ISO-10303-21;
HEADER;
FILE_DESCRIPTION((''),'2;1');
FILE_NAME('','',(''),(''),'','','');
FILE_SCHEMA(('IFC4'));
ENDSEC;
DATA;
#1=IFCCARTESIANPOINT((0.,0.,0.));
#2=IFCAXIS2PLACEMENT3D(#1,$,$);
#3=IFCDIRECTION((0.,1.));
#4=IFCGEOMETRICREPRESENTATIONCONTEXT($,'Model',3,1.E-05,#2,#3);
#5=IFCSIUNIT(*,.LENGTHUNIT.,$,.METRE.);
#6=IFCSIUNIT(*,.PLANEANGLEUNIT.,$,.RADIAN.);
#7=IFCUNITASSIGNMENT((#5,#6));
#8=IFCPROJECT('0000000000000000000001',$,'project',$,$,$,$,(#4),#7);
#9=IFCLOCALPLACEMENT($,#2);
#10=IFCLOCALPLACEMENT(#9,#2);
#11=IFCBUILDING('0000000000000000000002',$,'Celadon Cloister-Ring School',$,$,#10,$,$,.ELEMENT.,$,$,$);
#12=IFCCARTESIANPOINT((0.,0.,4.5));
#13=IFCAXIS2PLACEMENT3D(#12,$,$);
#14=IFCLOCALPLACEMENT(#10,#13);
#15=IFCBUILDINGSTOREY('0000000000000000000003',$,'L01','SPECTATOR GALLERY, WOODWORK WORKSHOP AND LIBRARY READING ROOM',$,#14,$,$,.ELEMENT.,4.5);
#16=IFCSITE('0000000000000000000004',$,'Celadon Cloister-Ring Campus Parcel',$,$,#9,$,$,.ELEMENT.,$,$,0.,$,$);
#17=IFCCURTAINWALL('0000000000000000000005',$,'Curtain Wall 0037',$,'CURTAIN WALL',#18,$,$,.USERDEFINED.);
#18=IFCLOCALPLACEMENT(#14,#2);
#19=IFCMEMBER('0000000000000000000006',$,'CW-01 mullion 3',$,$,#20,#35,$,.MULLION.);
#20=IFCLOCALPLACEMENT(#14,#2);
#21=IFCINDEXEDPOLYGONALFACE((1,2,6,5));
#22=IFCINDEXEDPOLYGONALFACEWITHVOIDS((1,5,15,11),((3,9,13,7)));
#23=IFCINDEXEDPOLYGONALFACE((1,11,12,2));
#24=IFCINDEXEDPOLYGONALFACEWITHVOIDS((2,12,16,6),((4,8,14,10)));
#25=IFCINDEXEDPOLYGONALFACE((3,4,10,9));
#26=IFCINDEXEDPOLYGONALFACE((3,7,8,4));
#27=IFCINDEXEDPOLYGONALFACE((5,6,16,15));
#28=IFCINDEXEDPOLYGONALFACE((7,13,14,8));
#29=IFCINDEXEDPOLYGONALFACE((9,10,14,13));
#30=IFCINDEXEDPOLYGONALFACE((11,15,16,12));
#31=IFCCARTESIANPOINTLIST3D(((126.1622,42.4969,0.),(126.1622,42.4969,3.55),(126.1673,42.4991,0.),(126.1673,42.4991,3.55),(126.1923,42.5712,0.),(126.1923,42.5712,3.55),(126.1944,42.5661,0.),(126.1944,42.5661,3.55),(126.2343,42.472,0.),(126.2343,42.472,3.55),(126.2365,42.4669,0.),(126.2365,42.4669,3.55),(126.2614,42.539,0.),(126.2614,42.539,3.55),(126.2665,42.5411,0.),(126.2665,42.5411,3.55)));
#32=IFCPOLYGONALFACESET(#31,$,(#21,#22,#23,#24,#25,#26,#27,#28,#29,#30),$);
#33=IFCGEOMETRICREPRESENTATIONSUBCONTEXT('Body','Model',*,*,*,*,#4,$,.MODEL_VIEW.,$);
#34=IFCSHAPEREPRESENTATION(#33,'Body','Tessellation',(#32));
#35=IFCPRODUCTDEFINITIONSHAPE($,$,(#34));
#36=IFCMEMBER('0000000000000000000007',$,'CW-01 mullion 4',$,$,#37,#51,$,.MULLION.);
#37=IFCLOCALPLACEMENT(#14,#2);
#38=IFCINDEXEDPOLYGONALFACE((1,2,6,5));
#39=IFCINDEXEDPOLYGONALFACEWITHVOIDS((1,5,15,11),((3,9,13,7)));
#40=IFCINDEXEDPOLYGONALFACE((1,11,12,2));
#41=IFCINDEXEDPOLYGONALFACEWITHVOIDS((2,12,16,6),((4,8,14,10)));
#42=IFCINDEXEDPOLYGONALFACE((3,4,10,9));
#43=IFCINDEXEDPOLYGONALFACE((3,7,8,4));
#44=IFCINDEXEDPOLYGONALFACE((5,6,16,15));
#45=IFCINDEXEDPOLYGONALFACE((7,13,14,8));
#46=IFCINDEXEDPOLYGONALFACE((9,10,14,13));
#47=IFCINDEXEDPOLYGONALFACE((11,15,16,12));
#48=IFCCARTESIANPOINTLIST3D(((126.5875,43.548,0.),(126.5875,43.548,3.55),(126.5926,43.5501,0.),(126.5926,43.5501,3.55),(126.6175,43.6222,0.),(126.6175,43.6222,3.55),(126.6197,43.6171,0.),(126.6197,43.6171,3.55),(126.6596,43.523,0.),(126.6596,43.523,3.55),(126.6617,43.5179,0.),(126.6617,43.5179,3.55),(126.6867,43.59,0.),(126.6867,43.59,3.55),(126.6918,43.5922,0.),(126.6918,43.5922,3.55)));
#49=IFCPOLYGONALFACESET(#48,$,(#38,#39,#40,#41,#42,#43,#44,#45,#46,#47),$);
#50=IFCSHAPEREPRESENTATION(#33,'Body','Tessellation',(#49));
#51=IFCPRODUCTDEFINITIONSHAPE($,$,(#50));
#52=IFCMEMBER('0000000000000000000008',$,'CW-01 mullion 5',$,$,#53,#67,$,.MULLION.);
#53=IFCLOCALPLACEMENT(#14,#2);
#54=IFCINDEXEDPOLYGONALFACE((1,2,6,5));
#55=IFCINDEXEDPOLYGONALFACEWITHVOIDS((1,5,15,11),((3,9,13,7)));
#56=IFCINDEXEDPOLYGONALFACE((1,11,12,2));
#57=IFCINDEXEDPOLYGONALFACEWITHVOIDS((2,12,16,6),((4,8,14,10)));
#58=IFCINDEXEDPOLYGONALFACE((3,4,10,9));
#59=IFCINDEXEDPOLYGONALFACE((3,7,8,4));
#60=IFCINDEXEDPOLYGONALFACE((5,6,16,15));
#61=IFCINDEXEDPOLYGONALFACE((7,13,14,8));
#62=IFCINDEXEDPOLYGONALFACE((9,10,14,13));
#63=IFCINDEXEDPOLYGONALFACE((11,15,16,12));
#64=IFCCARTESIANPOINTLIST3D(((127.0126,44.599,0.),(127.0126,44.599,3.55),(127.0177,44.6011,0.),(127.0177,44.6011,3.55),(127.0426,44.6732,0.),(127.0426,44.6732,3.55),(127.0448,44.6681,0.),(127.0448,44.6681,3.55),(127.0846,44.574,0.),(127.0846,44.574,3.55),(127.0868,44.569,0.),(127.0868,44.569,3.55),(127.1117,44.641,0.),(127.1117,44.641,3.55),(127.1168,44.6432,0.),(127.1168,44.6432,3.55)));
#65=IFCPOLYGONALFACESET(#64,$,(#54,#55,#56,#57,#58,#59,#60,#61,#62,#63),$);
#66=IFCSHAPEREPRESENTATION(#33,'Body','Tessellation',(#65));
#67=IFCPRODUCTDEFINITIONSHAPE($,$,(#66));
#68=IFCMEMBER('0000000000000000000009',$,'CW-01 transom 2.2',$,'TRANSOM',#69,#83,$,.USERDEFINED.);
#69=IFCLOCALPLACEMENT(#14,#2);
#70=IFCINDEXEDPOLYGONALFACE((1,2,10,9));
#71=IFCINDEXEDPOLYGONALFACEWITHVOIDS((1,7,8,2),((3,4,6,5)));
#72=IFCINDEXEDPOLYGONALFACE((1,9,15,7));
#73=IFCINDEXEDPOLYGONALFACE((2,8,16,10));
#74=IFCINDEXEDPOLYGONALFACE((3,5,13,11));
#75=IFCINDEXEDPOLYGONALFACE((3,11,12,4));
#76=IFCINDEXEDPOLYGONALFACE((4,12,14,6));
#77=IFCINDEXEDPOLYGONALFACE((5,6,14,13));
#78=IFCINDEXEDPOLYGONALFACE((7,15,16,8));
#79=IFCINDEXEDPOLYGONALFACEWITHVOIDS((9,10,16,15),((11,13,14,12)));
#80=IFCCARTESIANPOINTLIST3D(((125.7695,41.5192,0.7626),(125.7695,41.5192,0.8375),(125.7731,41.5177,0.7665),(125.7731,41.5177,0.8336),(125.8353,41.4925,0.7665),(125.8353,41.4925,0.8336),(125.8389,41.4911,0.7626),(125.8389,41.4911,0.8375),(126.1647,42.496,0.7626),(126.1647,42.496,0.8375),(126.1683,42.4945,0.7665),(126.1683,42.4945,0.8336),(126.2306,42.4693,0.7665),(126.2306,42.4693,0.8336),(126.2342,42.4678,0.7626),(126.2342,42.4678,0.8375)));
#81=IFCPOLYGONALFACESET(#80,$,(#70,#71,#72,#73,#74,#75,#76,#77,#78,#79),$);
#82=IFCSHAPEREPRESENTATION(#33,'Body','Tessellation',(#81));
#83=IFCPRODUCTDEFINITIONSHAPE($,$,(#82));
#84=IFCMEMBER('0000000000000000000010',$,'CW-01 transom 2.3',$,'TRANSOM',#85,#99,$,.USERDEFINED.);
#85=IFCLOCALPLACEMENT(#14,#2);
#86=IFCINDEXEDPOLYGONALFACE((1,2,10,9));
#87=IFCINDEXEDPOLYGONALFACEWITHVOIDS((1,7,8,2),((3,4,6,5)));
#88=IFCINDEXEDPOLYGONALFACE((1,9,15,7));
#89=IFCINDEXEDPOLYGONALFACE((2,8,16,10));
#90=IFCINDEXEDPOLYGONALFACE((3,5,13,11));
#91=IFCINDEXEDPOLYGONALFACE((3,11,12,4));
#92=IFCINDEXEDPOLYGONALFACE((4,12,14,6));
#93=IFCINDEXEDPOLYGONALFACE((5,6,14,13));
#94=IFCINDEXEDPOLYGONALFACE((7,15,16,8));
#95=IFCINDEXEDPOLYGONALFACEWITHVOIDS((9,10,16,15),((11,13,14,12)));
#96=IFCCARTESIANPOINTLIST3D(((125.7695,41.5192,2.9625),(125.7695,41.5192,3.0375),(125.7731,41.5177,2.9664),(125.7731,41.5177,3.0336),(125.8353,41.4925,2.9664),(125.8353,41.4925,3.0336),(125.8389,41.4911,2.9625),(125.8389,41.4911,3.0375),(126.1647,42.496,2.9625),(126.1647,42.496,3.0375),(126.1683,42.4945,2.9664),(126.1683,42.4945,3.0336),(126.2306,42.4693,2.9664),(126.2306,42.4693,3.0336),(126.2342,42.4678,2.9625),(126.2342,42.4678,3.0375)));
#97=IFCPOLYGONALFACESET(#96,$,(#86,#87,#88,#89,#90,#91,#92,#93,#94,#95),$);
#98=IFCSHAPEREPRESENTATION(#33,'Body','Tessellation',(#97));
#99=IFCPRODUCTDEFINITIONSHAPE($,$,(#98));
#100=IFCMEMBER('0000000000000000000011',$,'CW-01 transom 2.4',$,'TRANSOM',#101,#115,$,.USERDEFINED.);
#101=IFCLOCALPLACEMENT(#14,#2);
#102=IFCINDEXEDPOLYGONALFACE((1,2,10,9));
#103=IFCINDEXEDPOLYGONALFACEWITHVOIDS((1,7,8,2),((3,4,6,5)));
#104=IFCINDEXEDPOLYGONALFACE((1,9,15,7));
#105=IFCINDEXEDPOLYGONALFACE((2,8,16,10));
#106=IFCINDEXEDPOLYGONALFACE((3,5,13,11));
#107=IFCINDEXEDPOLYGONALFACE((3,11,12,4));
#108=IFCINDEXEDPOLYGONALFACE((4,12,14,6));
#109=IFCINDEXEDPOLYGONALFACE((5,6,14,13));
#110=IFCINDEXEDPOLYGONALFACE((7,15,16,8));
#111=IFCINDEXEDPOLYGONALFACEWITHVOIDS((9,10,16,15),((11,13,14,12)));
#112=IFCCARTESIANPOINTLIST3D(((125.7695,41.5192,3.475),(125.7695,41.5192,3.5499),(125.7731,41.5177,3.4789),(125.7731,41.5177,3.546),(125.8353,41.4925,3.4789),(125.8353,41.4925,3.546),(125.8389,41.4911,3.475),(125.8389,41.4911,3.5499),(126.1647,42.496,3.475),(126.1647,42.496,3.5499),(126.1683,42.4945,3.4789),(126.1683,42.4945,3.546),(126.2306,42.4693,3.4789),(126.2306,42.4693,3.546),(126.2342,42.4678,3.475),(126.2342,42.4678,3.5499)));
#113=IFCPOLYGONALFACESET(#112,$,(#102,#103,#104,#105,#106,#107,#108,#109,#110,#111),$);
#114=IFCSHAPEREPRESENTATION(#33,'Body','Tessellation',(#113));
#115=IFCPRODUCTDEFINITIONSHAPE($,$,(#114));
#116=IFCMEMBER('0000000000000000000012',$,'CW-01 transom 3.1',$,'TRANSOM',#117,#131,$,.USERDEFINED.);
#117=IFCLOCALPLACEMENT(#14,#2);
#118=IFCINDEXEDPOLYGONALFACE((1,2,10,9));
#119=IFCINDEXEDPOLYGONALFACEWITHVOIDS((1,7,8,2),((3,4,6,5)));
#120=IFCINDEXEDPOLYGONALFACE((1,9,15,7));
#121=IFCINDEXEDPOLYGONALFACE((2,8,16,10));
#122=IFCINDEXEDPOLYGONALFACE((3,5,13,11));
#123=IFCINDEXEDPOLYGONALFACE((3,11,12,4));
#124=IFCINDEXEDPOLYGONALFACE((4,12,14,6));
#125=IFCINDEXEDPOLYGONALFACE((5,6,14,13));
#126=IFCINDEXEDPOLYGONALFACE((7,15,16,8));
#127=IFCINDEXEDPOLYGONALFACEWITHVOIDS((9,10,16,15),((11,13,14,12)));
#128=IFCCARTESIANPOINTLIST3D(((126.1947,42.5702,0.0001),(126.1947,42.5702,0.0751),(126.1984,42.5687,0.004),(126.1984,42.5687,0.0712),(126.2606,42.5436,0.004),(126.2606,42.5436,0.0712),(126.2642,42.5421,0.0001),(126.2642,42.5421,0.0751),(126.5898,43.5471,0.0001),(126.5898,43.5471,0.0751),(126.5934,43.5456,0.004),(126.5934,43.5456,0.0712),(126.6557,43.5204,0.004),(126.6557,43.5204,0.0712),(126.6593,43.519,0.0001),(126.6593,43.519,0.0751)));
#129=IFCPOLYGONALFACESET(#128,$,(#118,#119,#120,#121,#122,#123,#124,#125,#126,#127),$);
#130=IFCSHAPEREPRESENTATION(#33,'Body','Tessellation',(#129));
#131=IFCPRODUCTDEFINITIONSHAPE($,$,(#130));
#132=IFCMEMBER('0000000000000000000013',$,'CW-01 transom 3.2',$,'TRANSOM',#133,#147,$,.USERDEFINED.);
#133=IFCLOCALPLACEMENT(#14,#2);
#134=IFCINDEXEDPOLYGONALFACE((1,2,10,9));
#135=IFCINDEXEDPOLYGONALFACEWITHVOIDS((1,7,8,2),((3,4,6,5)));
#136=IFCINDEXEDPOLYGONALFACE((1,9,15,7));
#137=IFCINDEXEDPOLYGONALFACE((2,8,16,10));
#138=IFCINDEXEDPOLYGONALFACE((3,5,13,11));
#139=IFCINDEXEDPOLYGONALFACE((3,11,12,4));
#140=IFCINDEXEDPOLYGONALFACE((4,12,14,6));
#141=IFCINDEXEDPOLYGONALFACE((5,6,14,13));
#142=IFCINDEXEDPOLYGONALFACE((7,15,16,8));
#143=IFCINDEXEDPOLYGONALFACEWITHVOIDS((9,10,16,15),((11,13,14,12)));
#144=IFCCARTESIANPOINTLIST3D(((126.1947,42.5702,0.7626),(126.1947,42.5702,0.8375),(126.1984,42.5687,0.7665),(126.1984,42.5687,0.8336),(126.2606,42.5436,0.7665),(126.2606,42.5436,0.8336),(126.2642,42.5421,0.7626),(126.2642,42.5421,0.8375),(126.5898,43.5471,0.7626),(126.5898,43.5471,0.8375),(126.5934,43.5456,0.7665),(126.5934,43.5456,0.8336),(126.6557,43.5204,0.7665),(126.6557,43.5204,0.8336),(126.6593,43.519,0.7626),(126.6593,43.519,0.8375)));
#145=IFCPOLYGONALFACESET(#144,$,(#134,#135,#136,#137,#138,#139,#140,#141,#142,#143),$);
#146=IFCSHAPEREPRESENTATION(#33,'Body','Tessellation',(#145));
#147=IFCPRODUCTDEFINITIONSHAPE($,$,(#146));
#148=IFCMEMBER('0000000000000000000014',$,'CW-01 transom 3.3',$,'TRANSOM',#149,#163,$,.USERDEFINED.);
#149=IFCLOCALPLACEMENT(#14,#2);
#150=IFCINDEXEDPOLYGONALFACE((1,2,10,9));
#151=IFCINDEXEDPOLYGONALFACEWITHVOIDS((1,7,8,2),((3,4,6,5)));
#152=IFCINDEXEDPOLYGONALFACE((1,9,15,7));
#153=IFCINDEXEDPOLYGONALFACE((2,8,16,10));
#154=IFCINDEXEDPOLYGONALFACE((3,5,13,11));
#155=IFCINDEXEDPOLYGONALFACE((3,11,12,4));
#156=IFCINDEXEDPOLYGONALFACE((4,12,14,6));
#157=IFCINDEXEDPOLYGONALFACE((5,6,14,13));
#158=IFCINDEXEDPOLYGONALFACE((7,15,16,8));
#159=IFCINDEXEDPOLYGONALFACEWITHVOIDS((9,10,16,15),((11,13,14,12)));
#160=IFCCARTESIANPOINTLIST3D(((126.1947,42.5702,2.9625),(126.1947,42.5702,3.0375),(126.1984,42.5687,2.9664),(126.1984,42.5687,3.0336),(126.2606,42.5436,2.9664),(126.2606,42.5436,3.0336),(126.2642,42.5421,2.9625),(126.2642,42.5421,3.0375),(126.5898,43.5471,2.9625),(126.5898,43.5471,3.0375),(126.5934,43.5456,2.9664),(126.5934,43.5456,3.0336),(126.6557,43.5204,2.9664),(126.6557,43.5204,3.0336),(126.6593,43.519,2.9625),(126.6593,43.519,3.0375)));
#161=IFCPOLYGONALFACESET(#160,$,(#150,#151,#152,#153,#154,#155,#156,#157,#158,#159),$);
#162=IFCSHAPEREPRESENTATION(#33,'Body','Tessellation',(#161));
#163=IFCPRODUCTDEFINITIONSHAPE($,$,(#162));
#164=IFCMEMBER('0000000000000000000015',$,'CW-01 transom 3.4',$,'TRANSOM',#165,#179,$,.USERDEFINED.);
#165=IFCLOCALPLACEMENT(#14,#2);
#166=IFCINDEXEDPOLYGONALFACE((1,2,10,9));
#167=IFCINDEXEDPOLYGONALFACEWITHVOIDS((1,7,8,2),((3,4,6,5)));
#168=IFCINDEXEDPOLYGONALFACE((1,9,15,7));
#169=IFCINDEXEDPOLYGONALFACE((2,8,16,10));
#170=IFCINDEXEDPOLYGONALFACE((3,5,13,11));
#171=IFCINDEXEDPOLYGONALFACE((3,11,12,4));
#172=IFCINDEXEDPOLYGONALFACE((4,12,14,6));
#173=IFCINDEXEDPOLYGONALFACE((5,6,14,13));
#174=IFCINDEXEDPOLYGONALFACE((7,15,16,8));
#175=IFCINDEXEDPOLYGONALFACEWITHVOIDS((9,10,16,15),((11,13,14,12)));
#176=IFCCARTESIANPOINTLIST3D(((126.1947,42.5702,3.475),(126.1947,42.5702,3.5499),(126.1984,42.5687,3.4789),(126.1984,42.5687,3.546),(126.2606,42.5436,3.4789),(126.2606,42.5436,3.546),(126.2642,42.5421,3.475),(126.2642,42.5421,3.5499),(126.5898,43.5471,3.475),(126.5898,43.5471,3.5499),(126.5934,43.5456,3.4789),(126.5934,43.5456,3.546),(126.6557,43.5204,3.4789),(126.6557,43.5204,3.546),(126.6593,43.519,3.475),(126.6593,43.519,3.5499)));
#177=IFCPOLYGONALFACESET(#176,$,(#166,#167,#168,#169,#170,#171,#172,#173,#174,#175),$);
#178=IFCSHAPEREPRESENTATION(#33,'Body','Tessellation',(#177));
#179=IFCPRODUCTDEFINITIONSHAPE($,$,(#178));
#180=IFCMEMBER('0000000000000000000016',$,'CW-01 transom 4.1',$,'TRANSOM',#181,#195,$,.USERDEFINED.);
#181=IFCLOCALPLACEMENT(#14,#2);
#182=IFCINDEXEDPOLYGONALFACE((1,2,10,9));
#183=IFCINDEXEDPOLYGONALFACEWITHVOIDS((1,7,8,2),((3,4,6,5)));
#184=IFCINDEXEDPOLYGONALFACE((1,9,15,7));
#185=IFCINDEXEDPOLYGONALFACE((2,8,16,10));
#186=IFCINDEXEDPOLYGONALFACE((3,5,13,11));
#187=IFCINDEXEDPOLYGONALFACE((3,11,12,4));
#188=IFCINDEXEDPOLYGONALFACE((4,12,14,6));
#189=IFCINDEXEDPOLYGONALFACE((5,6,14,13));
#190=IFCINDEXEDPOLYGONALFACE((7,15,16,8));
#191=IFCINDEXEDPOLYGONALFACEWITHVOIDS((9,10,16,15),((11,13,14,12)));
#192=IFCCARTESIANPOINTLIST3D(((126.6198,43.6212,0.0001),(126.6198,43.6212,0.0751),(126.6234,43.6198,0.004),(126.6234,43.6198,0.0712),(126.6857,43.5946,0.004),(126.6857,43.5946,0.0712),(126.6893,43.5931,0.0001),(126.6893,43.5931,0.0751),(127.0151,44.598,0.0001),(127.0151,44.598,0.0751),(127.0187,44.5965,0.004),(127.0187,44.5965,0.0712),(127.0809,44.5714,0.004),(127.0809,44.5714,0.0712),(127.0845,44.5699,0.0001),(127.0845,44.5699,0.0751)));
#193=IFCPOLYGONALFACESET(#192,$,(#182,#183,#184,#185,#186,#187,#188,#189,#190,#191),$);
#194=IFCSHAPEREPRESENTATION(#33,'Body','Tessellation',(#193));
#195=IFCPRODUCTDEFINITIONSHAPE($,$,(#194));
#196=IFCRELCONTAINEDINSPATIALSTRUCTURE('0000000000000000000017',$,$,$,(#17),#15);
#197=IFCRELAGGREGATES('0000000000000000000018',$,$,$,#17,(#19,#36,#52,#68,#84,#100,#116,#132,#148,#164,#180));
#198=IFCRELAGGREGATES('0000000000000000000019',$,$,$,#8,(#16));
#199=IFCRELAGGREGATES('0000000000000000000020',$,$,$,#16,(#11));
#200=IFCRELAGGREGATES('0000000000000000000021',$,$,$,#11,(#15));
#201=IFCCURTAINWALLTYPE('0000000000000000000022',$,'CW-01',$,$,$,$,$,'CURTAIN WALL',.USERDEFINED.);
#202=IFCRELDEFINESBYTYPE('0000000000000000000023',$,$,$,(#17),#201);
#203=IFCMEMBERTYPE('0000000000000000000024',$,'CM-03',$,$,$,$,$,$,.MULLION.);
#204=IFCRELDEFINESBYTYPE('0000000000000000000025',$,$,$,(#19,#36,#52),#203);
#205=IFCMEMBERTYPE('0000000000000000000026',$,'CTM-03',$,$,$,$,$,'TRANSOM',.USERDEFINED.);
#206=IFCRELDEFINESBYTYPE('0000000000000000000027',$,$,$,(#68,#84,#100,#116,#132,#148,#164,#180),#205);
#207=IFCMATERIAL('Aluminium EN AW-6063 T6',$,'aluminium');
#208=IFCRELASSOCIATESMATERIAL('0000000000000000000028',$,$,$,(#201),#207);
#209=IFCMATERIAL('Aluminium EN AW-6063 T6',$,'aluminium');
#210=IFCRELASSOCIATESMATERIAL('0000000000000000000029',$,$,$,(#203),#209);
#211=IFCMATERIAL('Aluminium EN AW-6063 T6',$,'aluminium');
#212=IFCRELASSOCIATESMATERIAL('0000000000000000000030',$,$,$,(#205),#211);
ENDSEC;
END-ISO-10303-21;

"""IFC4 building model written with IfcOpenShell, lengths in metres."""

from ifc_helpers import new_model, si_unit, direction, frame, origin, origin_2d, place, context, subcontext, project, spatial, hollow_rectangle, extrude, material, material_profile, profile_set, type_object, element, aggregate, save


model = new_model("IFC4")

# Units and contexts
model_context = context("Model", 3, precision=1e-05, world=origin(), true_north=direction((0.0, 1.0)))
body_context = subcontext(model_context, "Body", "Model", "MODEL_VIEW")
ifc_project = project(units=[si_unit("LENGTHUNIT", "METRE"), si_unit("PLANEANGLEUNIT", "RADIAN")], contexts=[model_context])

# Site, building, storey
site_placement = place(None, origin())
site = spatial("IfcSite", under=ifc_project, at=site_placement, Name="Celadon Cloister-Ring Campus Parcel", CompositionType="ELEMENT", RefElevation=0.0)
building_placement = place(site_placement, origin())
building = spatial("IfcBuilding", under=site, at=building_placement, Name="Celadon Cloister-Ring School", CompositionType="ELEMENT")
storey_placement = place(building_placement, frame((0.0, 0.0, 4.5)))
storey = spatial("IfcBuildingStorey", under=building, at=storey_placement, Name="L01", Description="SPECTATOR GALLERY, WOODWORK WORKSHOP AND LIBRARY READING ROOM", CompositionType="ELEMENT", Elevation=4.5)

# Curtain wall, members
ifc_material_1 = material(Name="Aluminium EN AW-6063 T6", Category="aluminium")
curtain_wall_type = type_object("IfcCurtainWallType", Name="CW-01", ElementType="CURTAIN WALL", PredefinedType="USERDEFINED", material=ifc_material_1)
curtain_wall_placement = place(storey_placement, origin())
curtain_wall = element("IfcCurtainWall", 1, at=curtain_wall_placement, inside=storey, type_object=curtain_wall_type, Name="Curtain Wall 0037", ObjectType="CURTAIN WALL", PredefinedType="USERDEFINED")
ifc_material_2 = material(Name="Aluminium EN AW-6063 T6", Category="aluminium")
ifc_material_profile_1 = material_profile(ifc_material_2, hollow_rectangle(XDim=0.0801, YDim=0.0801, WallThickness=0.0039, at=origin_2d()), Name="RHS80X80X4")
ifc_profile_set_1 = profile_set([ifc_material_profile_1], Name="Aluminium EN AW-6063 T6")
member_type_1 = type_object("IfcMemberType", Name="CM-03", PredefinedType="MULLION", material=ifc_profile_set_1)
member_1_placement = place(storey_placement, frame((126.2144, 42.519, 0.0), z_axis=(0.0, 0.0, 1.0), x_axis=(-0.92701, 0.375038, 0.0)))
member_1 = element("IfcMember", 2, at=member_1_placement, type_object=member_type_1, Name="CW-01 mullion 3", PredefinedType="MULLION", context=body_context, shape_type="SweptSolid", body=[
    extrude(hollow_rectangle(XDim=0.0801, YDim=0.0801, WallThickness=0.0039, at=origin_2d()), origin(), (0.0, 0.0, 1.0), 3.55),
])
member_2_placement = place(storey_placement, frame((126.6396, 43.5701, 0.0), z_axis=(0.0, 0.0, 1.0), x_axis=(-0.92701, 0.375038, 0.0)))
member_2 = element("IfcMember", 3, at=member_2_placement, type_object=member_type_1, Name="CW-01 mullion 4", PredefinedType="MULLION", context=body_context, shape_type="SweptSolid", body=[
    extrude(hollow_rectangle(XDim=0.0801, YDim=0.0801, WallThickness=0.0039, at=origin_2d()), origin(), (0.0, 0.0, 1.0), 3.55),
])
member_3_placement = place(storey_placement, frame((127.0647, 44.6211, 0.0), z_axis=(0.0, 0.0, 1.0), x_axis=(-0.92701, 0.375038, 0.0)))
member_3 = element("IfcMember", 4, at=member_3_placement, type_object=member_type_1, Name="CW-01 mullion 5", PredefinedType="MULLION", context=body_context, shape_type="SweptSolid", body=[
    extrude(hollow_rectangle(XDim=0.0801, YDim=0.0801, WallThickness=0.0039, at=origin_2d()), origin(), (0.0, 0.0, 1.0), 3.55),
])
ifc_material_3 = material(Name="Aluminium EN AW-6063 T6", Category="aluminium")
ifc_material_profile_2 = material_profile(ifc_material_3, hollow_rectangle(XDim=0.075, YDim=0.075, WallThickness=0.0039, at=origin_2d()), Name="RHS75X75X4")
ifc_profile_set_2 = profile_set([ifc_material_profile_2], Name="Aluminium EN AW-6063 T6")
member_type_2 = type_object("IfcMemberType", Name="CTM-03", ElementType="TRANSOM", PredefinedType="USERDEFINED", material=ifc_profile_set_2)
member_4_placement = place(storey_placement, frame((125.8042, 41.5051, 0.8), z_axis=(0.375103, 0.926983, 0.0), x_axis=(-0.926983, 0.375103, 0.0)))
member_4 = element("IfcMember", 5, at=member_4_placement, type_object=member_type_2, Name="CW-01 transom 2.2", ObjectType="TRANSOM", PredefinedType="USERDEFINED", context=body_context, shape_type="SweptSolid", body=[
    extrude(hollow_rectangle(XDim=0.075, YDim=0.075, WallThickness=0.0039, at=origin_2d()), origin(), (0.0, 0.0, 1.0), 1.0537),
])
member_5_placement = place(storey_placement, frame((125.8042, 41.5051, 3.0), z_axis=(0.375103, 0.926983, 0.0), x_axis=(-0.926983, 0.375103, 0.0)))
member_5 = element("IfcMember", 6, at=member_5_placement, type_object=member_type_2, Name="CW-01 transom 2.3", ObjectType="TRANSOM", PredefinedType="USERDEFINED", context=body_context, shape_type="SweptSolid", body=[
    extrude(hollow_rectangle(XDim=0.075, YDim=0.075, WallThickness=0.0039, at=origin_2d()), origin(), (0.0, 0.0, 1.0), 1.0537),
])
member_6_placement = place(storey_placement, frame((125.8042, 41.5051, 3.5125), z_axis=(0.375103, 0.926983, 0.0), x_axis=(-0.926983, 0.375103, 0.0)))
member_6 = element("IfcMember", 7, at=member_6_placement, type_object=member_type_2, Name="CW-01 transom 2.4", ObjectType="TRANSOM", PredefinedType="USERDEFINED", context=body_context, shape_type="SweptSolid", body=[
    extrude(hollow_rectangle(XDim=0.075, YDim=0.075, WallThickness=0.0039, at=origin_2d()), origin(), (0.0, 0.0, 1.0), 1.0537),
])
member_7_placement = place(storey_placement, frame((126.2295, 42.5562, 0.0376), z_axis=(0.374904, 0.927064, 0.0), x_axis=(-0.927064, 0.374904, 0.0)))
member_7 = element("IfcMember", 8, at=member_7_placement, type_object=member_type_2, Name="CW-01 transom 3.1", ObjectType="TRANSOM", PredefinedType="USERDEFINED", context=body_context, shape_type="SweptSolid", body=[
    extrude(hollow_rectangle(XDim=0.075, YDim=0.075, WallThickness=0.0039, at=origin_2d()), origin(), (0.0, 0.0, 1.0), 1.0537),
])
member_8_placement = place(storey_placement, frame((126.2295, 42.5562, 0.8), z_axis=(0.374904, 0.927064, 0.0), x_axis=(-0.927064, 0.374904, 0.0)))
member_8 = element("IfcMember", 9, at=member_8_placement, type_object=member_type_2, Name="CW-01 transom 3.2", ObjectType="TRANSOM", PredefinedType="USERDEFINED", context=body_context, shape_type="SweptSolid", body=[
    extrude(hollow_rectangle(XDim=0.075, YDim=0.075, WallThickness=0.0039, at=origin_2d()), origin(), (0.0, 0.0, 1.0), 1.0537),
])
member_9_placement = place(storey_placement, frame((126.2295, 42.5562, 3.0), z_axis=(0.374904, 0.927064, 0.0), x_axis=(-0.927064, 0.374904, 0.0)))
member_9 = element("IfcMember", 10, at=member_9_placement, type_object=member_type_2, Name="CW-01 transom 3.3", ObjectType="TRANSOM", PredefinedType="USERDEFINED", context=body_context, shape_type="SweptSolid", body=[
    extrude(hollow_rectangle(XDim=0.075, YDim=0.075, WallThickness=0.0039, at=origin_2d()), origin(), (0.0, 0.0, 1.0), 1.0537),
])
member_10_placement = place(storey_placement, frame((126.2295, 42.5562, 3.5125), z_axis=(0.374904, 0.927064, 0.0), x_axis=(-0.927064, 0.374904, 0.0)))
member_10 = element("IfcMember", 11, at=member_10_placement, type_object=member_type_2, Name="CW-01 transom 3.4", ObjectType="TRANSOM", PredefinedType="USERDEFINED", context=body_context, shape_type="SweptSolid", body=[
    extrude(hollow_rectangle(XDim=0.075, YDim=0.075, WallThickness=0.0039, at=origin_2d()), origin(), (0.0, 0.0, 1.0), 1.0537),
])
member_11_placement = place(storey_placement, frame((126.6545, 43.6072, 0.0376), z_axis=(0.375103, 0.926983, 0.0), x_axis=(-0.926983, 0.375103, 0.0)))
member_11 = element("IfcMember", 12, at=member_11_placement, type_object=member_type_2, Name="CW-01 transom 4.1", ObjectType="TRANSOM", PredefinedType="USERDEFINED", context=body_context, shape_type="SweptSolid", body=[
    extrude(hollow_rectangle(XDim=0.075, YDim=0.075, WallThickness=0.0039, at=origin_2d()), origin(), (0.0, 0.0, 1.0), 1.0537),
])

aggregate(curtain_wall, [member_1, member_2, member_3, member_4, member_5, member_6, member_7, member_8, member_9, member_10, member_11])

save(model, "model.ifc")
